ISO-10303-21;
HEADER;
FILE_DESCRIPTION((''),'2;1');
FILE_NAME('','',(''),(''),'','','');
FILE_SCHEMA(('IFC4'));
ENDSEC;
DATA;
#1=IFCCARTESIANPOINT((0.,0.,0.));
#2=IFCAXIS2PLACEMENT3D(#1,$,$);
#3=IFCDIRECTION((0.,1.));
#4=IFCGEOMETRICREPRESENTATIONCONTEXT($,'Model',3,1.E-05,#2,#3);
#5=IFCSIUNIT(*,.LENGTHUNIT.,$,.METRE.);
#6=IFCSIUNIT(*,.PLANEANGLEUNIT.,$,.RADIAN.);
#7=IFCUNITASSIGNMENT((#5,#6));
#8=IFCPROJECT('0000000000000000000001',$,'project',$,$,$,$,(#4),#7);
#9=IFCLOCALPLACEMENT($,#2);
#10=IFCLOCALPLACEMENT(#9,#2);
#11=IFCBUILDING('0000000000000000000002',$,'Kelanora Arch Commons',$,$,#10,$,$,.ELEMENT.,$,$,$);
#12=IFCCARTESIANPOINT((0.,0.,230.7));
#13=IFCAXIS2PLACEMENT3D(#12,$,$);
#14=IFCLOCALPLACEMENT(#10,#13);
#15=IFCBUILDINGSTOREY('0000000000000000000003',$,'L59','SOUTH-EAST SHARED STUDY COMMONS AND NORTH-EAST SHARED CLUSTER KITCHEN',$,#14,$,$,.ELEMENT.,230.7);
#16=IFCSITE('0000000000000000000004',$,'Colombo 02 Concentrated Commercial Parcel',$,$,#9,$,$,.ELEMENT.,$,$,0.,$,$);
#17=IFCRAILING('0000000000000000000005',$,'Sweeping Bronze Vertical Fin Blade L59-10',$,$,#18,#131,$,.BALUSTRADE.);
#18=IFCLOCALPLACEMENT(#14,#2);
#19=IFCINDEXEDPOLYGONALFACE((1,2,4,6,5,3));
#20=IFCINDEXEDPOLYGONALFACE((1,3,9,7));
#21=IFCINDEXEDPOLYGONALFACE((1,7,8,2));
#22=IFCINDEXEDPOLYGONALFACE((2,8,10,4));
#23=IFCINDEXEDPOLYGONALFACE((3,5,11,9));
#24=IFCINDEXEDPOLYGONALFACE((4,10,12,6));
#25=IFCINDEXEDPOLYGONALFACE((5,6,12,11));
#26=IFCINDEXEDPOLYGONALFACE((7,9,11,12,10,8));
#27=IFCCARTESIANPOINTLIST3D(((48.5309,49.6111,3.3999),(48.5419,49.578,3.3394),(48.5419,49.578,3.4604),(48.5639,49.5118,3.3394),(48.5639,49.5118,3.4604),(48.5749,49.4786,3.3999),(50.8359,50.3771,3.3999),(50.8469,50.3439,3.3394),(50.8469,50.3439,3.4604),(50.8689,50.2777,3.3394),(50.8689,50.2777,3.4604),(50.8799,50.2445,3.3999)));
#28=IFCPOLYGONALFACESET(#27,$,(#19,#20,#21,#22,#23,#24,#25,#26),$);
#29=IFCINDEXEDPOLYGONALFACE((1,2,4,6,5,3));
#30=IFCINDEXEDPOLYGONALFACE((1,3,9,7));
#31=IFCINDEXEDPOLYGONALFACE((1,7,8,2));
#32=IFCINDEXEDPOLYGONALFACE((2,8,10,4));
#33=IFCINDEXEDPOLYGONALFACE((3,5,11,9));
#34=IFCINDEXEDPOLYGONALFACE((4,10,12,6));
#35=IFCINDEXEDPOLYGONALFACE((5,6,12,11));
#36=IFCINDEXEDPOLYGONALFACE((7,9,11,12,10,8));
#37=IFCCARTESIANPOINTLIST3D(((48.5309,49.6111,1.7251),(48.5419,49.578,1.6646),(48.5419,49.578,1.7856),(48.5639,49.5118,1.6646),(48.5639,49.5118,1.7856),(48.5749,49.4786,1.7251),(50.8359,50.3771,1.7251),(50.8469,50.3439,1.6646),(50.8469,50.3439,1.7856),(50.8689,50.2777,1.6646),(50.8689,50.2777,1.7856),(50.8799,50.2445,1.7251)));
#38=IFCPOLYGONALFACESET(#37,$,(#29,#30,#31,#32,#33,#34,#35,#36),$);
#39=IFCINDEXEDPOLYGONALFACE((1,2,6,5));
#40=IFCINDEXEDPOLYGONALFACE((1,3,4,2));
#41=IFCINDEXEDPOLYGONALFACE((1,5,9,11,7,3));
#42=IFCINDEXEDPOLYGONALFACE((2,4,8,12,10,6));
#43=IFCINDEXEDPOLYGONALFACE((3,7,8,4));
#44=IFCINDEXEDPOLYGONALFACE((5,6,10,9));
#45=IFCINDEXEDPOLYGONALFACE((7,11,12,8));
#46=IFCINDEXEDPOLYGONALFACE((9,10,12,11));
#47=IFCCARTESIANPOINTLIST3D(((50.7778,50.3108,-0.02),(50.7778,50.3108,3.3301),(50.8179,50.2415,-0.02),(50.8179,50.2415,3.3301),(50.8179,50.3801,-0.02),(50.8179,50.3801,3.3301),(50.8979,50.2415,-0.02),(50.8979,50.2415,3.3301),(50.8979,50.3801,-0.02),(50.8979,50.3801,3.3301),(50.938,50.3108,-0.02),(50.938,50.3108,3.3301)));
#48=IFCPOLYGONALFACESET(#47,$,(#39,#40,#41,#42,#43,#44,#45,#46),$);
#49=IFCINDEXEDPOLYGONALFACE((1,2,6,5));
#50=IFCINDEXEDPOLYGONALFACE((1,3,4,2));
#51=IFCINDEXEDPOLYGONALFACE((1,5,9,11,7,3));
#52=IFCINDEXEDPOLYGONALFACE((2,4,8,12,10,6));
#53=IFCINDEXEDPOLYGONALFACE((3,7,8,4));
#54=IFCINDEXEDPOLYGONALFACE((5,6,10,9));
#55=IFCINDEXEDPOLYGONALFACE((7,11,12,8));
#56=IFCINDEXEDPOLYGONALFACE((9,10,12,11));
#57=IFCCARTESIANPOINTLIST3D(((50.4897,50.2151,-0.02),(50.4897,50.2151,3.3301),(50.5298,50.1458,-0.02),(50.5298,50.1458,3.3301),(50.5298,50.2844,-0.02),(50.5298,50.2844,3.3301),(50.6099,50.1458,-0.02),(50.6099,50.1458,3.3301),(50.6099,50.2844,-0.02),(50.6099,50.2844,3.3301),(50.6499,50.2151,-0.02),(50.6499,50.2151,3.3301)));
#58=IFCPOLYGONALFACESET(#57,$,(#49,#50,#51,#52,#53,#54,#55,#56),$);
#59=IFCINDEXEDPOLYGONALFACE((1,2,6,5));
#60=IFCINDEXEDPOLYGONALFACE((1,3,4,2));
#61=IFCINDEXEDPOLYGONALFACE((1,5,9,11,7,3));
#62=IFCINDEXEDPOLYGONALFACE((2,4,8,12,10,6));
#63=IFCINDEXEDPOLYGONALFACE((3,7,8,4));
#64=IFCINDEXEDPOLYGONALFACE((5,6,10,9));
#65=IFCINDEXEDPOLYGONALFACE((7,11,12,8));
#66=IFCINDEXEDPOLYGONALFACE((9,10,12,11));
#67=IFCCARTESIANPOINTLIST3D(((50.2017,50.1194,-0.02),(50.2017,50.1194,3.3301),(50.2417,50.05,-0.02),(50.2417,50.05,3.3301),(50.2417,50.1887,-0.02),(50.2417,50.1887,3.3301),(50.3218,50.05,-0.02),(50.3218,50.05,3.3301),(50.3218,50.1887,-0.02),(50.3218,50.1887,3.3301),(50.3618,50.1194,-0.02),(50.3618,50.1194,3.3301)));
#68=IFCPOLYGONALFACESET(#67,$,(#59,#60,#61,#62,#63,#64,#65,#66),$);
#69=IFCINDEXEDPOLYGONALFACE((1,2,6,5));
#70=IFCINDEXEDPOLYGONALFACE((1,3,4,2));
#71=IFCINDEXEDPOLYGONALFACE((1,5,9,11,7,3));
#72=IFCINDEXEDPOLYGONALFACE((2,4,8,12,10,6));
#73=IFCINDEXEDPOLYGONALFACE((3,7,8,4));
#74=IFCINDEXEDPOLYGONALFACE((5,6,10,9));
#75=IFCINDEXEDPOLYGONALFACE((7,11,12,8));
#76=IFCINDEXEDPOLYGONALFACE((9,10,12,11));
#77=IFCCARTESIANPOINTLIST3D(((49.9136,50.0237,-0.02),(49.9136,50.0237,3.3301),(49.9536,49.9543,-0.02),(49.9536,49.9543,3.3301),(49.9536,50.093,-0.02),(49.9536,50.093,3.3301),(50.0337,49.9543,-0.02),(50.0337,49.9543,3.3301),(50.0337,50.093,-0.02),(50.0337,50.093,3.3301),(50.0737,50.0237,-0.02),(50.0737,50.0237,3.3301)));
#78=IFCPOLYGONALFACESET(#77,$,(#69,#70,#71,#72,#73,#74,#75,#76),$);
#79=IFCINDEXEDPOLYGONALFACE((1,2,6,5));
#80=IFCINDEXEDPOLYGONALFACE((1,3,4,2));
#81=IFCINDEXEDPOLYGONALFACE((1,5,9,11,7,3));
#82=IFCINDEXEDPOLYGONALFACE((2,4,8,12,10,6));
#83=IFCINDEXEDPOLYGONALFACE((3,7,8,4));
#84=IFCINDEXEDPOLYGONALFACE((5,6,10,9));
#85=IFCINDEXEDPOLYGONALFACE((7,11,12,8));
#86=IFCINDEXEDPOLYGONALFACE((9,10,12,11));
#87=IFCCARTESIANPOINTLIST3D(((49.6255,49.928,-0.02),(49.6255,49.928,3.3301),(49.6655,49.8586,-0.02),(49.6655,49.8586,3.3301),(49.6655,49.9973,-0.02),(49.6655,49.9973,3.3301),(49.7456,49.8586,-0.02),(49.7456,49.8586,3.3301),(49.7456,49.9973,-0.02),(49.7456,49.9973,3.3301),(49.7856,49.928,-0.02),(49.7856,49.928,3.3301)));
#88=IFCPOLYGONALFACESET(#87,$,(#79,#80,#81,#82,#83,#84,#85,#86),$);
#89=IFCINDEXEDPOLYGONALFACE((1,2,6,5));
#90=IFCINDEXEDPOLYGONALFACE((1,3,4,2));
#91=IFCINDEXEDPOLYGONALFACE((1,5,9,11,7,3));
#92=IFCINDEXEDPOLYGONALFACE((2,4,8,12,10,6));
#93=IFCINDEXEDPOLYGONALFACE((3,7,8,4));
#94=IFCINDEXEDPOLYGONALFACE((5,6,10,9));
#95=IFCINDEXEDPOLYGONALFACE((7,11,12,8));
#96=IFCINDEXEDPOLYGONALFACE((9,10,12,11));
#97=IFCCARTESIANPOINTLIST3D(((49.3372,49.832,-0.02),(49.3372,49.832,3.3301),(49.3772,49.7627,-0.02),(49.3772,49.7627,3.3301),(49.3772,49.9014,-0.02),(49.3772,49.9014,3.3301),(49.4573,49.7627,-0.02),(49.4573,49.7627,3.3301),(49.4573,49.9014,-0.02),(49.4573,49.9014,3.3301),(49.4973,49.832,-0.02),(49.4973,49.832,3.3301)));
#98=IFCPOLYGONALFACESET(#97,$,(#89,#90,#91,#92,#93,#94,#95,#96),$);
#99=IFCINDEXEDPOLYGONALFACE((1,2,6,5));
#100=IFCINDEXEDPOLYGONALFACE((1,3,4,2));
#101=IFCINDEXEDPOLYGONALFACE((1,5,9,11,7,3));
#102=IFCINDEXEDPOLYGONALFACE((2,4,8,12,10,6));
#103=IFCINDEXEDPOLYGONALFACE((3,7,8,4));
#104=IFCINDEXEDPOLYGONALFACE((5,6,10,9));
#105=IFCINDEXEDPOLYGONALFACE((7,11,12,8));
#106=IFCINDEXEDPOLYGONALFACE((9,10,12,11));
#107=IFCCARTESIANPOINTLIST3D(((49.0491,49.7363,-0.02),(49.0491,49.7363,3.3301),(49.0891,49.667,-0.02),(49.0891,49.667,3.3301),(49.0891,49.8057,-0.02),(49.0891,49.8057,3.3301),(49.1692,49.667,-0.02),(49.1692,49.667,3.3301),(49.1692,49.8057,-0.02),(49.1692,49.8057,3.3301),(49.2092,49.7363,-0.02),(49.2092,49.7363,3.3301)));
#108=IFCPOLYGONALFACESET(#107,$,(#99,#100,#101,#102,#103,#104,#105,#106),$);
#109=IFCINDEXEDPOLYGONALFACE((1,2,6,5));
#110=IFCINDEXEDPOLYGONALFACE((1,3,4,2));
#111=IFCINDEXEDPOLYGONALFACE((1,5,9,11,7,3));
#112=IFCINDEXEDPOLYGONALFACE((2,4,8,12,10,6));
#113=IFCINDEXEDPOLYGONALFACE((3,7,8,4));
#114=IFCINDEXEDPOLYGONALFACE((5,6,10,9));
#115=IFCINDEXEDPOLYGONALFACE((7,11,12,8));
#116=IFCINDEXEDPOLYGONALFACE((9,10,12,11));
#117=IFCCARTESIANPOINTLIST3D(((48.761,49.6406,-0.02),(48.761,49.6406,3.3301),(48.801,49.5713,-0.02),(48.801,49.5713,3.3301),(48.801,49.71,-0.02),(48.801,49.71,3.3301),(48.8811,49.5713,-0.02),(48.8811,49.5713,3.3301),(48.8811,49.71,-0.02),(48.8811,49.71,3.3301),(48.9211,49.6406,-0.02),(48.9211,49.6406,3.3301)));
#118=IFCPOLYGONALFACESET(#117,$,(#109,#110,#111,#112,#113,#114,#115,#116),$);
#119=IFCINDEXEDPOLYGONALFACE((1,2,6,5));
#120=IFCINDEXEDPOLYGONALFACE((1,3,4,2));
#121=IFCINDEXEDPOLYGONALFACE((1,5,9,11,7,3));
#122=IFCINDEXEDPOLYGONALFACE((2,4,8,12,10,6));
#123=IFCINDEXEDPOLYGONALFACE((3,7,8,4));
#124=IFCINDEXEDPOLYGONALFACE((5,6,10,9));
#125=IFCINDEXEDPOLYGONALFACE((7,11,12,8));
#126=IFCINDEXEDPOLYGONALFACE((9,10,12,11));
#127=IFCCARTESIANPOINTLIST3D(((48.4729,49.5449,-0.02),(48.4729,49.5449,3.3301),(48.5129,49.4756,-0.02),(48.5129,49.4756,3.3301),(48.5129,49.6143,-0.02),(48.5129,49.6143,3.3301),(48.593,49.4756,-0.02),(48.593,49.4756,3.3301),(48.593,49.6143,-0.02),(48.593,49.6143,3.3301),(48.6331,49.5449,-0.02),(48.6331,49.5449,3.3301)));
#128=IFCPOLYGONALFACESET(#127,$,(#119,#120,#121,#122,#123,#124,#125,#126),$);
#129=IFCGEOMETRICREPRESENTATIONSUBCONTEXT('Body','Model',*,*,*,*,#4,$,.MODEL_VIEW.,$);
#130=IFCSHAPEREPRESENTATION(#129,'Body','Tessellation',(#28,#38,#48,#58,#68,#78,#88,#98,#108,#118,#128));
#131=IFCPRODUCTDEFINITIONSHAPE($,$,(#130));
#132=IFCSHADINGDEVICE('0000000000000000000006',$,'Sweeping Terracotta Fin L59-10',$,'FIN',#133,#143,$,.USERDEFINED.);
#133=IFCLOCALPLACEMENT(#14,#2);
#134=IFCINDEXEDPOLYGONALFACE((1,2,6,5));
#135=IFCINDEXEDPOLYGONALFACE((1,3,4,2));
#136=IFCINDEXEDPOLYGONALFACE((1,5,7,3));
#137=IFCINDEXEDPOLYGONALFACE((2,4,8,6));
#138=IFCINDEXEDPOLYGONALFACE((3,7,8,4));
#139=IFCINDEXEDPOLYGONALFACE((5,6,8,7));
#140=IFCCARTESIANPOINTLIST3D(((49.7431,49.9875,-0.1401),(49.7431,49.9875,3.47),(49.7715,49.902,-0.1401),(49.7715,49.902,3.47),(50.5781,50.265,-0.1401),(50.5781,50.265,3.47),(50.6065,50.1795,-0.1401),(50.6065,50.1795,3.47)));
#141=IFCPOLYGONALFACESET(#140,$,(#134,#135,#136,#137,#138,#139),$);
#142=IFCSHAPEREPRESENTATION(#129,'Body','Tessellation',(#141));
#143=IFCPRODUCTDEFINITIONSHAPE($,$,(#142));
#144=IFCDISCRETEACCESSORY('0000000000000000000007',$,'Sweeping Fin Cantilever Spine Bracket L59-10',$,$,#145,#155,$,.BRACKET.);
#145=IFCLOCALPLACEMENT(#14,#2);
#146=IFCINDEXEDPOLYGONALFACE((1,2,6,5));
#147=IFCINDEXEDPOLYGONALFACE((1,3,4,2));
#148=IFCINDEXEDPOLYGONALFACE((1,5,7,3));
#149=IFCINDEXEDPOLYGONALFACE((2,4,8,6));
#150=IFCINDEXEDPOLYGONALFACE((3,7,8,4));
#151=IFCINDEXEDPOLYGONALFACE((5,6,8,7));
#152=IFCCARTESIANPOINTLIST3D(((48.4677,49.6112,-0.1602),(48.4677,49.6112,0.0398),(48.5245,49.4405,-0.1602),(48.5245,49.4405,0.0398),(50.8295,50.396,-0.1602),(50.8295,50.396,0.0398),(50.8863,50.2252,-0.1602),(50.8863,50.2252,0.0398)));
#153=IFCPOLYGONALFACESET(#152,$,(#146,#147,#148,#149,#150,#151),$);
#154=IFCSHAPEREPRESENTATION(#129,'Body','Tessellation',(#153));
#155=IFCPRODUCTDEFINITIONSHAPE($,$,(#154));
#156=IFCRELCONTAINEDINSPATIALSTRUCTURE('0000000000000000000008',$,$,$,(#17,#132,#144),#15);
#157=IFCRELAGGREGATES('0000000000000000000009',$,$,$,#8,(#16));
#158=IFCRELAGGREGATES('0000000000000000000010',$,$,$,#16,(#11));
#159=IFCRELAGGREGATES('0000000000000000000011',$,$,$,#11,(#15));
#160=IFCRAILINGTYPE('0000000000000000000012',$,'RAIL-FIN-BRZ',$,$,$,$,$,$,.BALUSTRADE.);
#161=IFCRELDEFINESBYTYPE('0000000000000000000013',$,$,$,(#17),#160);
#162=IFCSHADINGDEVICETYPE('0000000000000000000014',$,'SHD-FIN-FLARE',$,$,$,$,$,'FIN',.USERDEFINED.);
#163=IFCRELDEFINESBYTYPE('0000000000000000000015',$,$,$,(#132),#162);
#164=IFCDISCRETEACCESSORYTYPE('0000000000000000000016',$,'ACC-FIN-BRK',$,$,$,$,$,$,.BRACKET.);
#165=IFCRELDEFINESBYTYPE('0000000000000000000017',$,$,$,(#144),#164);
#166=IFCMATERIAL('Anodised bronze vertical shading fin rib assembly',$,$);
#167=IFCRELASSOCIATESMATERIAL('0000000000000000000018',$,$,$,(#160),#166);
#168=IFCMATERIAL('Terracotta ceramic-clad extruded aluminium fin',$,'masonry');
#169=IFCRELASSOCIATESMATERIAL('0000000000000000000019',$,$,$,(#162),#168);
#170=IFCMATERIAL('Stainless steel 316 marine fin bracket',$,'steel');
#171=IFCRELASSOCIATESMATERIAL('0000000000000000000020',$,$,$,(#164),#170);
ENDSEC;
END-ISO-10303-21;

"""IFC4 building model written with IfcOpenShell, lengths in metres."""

from ifc_helpers import new_model, si_unit, direction, frame, origin, origin_2d, place, context, subcontext, project, spatial, polyline, rectangle, outline, extrude, source, transform, mapped, material, type_object, element, save


model = new_model("IFC4")

# Units and contexts
model_context = context("Model", 3, precision=1e-05, world=origin(), true_north=direction((0.0, 1.0)))
body_context = subcontext(model_context, "Body", "Model", "MODEL_VIEW")
ifc_project = project(units=[si_unit("LENGTHUNIT", "METRE"), si_unit("PLANEANGLEUNIT", "RADIAN")], contexts=[model_context])

# Site, building, storey
site_placement = place(None, origin())
site = spatial("IfcSite", under=ifc_project, at=site_placement, Name="Colombo 02 Concentrated Commercial Parcel", CompositionType="ELEMENT", RefElevation=0.0)
building_placement = place(site_placement, origin())
building = spatial("IfcBuilding", under=site, at=building_placement, Name="Kelanora Arch Commons", CompositionType="ELEMENT")
storey_placement = place(building_placement, frame((0.0, 0.0, 230.7)))
storey = spatial("IfcBuildingStorey", under=building, at=storey_placement, Name="L59", Description="SOUTH-EAST SHARED STUDY COMMONS AND NORTH-EAST SHARED CLUSTER KITCHEN", CompositionType="ELEMENT", Elevation=230.7)

# Railing
ifc_material_1 = material(Name="Anodised bronze vertical shading fin rib assembly")
railing_type = type_object("IfcRailingType", Name="RAIL-FIN-BRZ", PredefinedType="BALUSTRADE", material=ifc_material_1)
railing_placement = place(storey_placement, frame((50.8579, 50.3108, -0.02)))
element("IfcRailing", 1, at=railing_placement, inside=storey, type_object=railing_type, Name="Sweeping Bronze Vertical Fin Blade L59-10", PredefinedType="BALUSTRADE", context=body_context, shape_type="SweptSolid", body=[
    extrude(outline(polyline([(0.0698, 0.0), (0.0349, 0.0605), (-0.0349, 0.0605), (-0.0698, 0.0), (-0.0349, -0.0605), (0.0349, -0.0605), (0.0698, 0.0)])), frame((0.0, 0.0, 3.4199), z_axis=(-0.948984, -0.315323, 0.0), x_axis=(0.315323, -0.948984, 0.0)), (0.0, 0.0, 1.0), 2.429),
    extrude(outline(polyline([(0.0698, 0.0), (0.0349, 0.0605), (-0.0349, 0.0605), (-0.0698, 0.0), (-0.0349, -0.0605), (0.0349, -0.0605), (0.0698, 0.0)])), frame((0.0, 0.0, 1.7451), z_axis=(-0.948984, -0.315323, 0.0), x_axis=(0.315323, -0.948984, 0.0)), (0.0, 0.0, 1.0), 2.429),
    extrude(outline(polyline([(0.0801, 0.0), (0.04, 0.0693), (-0.04, 0.0693), (-0.0801, 0.0), (-0.04, -0.0693), (0.04, -0.0693), (0.0801, 0.0)])), origin(), (0.0, 0.0, 1.0), 3.3501),
    extrude(outline(polyline([(0.0801, 0.0), (0.04, 0.0693), (-0.04, 0.0693), (-0.0801, 0.0), (-0.04, -0.0693), (0.04, -0.0693), (0.0801, 0.0)])), frame((-0.2881, -0.0957, 0.0)), (0.0, 0.0, 1.0), 3.3501),
    extrude(outline(polyline([(0.0801, 0.0), (0.04, 0.0693), (-0.04, 0.0693), (-0.0801, 0.0), (-0.04, -0.0693), (0.04, -0.0693), (0.0801, 0.0)])), frame((-0.5762, -0.1914, 0.0)), (0.0, 0.0, 1.0), 3.3501),
    extrude(outline(polyline([(0.0801, 0.0), (0.04, 0.0693), (-0.04, 0.0693), (-0.0801, 0.0), (-0.04, -0.0693), (0.04, -0.0693), (0.0801, 0.0)])), frame((-0.8643, -0.2871, 0.0)), (0.0, 0.0, 1.0), 3.3501),
    extrude(outline(polyline([(0.0801, 0.0), (0.04, 0.0693), (-0.04, 0.0693), (-0.0801, 0.0), (-0.04, -0.0693), (0.04, -0.0693), (0.0801, 0.0)])), frame((-1.1523, -0.3828, 0.0)), (0.0, 0.0, 1.0), 3.3501),
    extrude(outline(polyline([(0.0801, 0.0), (0.04, 0.0693), (-0.04, 0.0693), (-0.0801, 0.0), (-0.04, -0.0693), (0.04, -0.0693), (0.0801, 0.0)])), frame((-1.4407, -0.4788, 0.0)), (0.0, 0.0, 1.0), 3.3501),
    extrude(outline(polyline([(0.0801, 0.0), (0.04, 0.0693), (-0.04, 0.0693), (-0.0801, 0.0), (-0.04, -0.0693), (0.04, -0.0693), (0.0801, 0.0)])), frame((-1.7288, -0.5745, 0.0)), (0.0, 0.0, 1.0), 3.3501),
    extrude(outline(polyline([(0.0801, 0.0), (0.04, 0.0693), (-0.04, 0.0693), (-0.0801, 0.0), (-0.04, -0.0693), (0.04, -0.0693), (0.0801, 0.0)])), frame((-2.0168, -0.6702, 0.0)), (0.0, 0.0, 1.0), 3.3501),
    extrude(outline(polyline([(0.0801, 0.0), (0.04, 0.0693), (-0.04, 0.0693), (-0.0801, 0.0), (-0.04, -0.0693), (0.04, -0.0693), (0.0801, 0.0)])), frame((-2.3049, -0.7659, 0.0)), (0.0, 0.0, 1.0), 3.3501),
])

# Shading device
ifc_material_2 = material(Name="Terracotta ceramic-clad extruded aluminium fin", Category="masonry")
shading_device_type = type_object("IfcShadingDeviceType", Name="SHD-FIN-FLARE", ElementType="FIN", PredefinedType="USERDEFINED", material=ifc_material_2)
shared_shape_1 = source(origin(), body_context, "Body", "SweptSolid", [
    extrude(rectangle(XDim=0.8799, YDim=0.0901, at=origin_2d()), origin(), (0.0, 0.0, 1.0), 3.6101),
])
shading_device_placement = place(storey_placement, frame((50.1748, 50.0835, -0.1401), z_axis=(0.0, 0.0, 1.0), x_axis=(-0.948986, -0.315318, 0.0)))
element("IfcShadingDevice", 2, at=shading_device_placement, inside=storey, type_object=shading_device_type, Name="Sweeping Terracotta Fin L59-10", ObjectType="FIN", PredefinedType="USERDEFINED", context=body_context, shape_type="MappedRepresentation", body=[
    mapped(shared_shape_1, transform((0.0, 0.0, 0.0), scale=1.0)),
])

# Discrete accessory
ifc_material_3 = material(Name="Stainless steel 316 marine fin bracket", Category="steel")
discrete_accessory_type = type_object("IfcDiscreteAccessoryType", Name="ACC-FIN-BRK", PredefinedType="BRACKET", material=ifc_material_3)
shared_shape_2 = source(origin(), body_context, "Body", "SweptSolid", [
    extrude(rectangle(XDim=2.4888, YDim=0.1799, at=origin_2d()), origin(), (0.0, 0.0, 1.0), 0.2),
])
discrete_accessory_placement = place(storey_placement, frame((49.677, 49.9182, -0.1602), z_axis=(0.0, 0.0, 1.0), x_axis=(-0.948986, -0.315318, 0.0)))
element("IfcDiscreteAccessory", 3, at=discrete_accessory_placement, inside=storey, type_object=discrete_accessory_type, Name="Sweeping Fin Cantilever Spine Bracket L59-10", PredefinedType="BRACKET", context=body_context, shape_type="MappedRepresentation", body=[
    mapped(shared_shape_2, transform((0.0, 0.0, 0.0), scale=1.0)),
])

save(model, "model.ifc")
